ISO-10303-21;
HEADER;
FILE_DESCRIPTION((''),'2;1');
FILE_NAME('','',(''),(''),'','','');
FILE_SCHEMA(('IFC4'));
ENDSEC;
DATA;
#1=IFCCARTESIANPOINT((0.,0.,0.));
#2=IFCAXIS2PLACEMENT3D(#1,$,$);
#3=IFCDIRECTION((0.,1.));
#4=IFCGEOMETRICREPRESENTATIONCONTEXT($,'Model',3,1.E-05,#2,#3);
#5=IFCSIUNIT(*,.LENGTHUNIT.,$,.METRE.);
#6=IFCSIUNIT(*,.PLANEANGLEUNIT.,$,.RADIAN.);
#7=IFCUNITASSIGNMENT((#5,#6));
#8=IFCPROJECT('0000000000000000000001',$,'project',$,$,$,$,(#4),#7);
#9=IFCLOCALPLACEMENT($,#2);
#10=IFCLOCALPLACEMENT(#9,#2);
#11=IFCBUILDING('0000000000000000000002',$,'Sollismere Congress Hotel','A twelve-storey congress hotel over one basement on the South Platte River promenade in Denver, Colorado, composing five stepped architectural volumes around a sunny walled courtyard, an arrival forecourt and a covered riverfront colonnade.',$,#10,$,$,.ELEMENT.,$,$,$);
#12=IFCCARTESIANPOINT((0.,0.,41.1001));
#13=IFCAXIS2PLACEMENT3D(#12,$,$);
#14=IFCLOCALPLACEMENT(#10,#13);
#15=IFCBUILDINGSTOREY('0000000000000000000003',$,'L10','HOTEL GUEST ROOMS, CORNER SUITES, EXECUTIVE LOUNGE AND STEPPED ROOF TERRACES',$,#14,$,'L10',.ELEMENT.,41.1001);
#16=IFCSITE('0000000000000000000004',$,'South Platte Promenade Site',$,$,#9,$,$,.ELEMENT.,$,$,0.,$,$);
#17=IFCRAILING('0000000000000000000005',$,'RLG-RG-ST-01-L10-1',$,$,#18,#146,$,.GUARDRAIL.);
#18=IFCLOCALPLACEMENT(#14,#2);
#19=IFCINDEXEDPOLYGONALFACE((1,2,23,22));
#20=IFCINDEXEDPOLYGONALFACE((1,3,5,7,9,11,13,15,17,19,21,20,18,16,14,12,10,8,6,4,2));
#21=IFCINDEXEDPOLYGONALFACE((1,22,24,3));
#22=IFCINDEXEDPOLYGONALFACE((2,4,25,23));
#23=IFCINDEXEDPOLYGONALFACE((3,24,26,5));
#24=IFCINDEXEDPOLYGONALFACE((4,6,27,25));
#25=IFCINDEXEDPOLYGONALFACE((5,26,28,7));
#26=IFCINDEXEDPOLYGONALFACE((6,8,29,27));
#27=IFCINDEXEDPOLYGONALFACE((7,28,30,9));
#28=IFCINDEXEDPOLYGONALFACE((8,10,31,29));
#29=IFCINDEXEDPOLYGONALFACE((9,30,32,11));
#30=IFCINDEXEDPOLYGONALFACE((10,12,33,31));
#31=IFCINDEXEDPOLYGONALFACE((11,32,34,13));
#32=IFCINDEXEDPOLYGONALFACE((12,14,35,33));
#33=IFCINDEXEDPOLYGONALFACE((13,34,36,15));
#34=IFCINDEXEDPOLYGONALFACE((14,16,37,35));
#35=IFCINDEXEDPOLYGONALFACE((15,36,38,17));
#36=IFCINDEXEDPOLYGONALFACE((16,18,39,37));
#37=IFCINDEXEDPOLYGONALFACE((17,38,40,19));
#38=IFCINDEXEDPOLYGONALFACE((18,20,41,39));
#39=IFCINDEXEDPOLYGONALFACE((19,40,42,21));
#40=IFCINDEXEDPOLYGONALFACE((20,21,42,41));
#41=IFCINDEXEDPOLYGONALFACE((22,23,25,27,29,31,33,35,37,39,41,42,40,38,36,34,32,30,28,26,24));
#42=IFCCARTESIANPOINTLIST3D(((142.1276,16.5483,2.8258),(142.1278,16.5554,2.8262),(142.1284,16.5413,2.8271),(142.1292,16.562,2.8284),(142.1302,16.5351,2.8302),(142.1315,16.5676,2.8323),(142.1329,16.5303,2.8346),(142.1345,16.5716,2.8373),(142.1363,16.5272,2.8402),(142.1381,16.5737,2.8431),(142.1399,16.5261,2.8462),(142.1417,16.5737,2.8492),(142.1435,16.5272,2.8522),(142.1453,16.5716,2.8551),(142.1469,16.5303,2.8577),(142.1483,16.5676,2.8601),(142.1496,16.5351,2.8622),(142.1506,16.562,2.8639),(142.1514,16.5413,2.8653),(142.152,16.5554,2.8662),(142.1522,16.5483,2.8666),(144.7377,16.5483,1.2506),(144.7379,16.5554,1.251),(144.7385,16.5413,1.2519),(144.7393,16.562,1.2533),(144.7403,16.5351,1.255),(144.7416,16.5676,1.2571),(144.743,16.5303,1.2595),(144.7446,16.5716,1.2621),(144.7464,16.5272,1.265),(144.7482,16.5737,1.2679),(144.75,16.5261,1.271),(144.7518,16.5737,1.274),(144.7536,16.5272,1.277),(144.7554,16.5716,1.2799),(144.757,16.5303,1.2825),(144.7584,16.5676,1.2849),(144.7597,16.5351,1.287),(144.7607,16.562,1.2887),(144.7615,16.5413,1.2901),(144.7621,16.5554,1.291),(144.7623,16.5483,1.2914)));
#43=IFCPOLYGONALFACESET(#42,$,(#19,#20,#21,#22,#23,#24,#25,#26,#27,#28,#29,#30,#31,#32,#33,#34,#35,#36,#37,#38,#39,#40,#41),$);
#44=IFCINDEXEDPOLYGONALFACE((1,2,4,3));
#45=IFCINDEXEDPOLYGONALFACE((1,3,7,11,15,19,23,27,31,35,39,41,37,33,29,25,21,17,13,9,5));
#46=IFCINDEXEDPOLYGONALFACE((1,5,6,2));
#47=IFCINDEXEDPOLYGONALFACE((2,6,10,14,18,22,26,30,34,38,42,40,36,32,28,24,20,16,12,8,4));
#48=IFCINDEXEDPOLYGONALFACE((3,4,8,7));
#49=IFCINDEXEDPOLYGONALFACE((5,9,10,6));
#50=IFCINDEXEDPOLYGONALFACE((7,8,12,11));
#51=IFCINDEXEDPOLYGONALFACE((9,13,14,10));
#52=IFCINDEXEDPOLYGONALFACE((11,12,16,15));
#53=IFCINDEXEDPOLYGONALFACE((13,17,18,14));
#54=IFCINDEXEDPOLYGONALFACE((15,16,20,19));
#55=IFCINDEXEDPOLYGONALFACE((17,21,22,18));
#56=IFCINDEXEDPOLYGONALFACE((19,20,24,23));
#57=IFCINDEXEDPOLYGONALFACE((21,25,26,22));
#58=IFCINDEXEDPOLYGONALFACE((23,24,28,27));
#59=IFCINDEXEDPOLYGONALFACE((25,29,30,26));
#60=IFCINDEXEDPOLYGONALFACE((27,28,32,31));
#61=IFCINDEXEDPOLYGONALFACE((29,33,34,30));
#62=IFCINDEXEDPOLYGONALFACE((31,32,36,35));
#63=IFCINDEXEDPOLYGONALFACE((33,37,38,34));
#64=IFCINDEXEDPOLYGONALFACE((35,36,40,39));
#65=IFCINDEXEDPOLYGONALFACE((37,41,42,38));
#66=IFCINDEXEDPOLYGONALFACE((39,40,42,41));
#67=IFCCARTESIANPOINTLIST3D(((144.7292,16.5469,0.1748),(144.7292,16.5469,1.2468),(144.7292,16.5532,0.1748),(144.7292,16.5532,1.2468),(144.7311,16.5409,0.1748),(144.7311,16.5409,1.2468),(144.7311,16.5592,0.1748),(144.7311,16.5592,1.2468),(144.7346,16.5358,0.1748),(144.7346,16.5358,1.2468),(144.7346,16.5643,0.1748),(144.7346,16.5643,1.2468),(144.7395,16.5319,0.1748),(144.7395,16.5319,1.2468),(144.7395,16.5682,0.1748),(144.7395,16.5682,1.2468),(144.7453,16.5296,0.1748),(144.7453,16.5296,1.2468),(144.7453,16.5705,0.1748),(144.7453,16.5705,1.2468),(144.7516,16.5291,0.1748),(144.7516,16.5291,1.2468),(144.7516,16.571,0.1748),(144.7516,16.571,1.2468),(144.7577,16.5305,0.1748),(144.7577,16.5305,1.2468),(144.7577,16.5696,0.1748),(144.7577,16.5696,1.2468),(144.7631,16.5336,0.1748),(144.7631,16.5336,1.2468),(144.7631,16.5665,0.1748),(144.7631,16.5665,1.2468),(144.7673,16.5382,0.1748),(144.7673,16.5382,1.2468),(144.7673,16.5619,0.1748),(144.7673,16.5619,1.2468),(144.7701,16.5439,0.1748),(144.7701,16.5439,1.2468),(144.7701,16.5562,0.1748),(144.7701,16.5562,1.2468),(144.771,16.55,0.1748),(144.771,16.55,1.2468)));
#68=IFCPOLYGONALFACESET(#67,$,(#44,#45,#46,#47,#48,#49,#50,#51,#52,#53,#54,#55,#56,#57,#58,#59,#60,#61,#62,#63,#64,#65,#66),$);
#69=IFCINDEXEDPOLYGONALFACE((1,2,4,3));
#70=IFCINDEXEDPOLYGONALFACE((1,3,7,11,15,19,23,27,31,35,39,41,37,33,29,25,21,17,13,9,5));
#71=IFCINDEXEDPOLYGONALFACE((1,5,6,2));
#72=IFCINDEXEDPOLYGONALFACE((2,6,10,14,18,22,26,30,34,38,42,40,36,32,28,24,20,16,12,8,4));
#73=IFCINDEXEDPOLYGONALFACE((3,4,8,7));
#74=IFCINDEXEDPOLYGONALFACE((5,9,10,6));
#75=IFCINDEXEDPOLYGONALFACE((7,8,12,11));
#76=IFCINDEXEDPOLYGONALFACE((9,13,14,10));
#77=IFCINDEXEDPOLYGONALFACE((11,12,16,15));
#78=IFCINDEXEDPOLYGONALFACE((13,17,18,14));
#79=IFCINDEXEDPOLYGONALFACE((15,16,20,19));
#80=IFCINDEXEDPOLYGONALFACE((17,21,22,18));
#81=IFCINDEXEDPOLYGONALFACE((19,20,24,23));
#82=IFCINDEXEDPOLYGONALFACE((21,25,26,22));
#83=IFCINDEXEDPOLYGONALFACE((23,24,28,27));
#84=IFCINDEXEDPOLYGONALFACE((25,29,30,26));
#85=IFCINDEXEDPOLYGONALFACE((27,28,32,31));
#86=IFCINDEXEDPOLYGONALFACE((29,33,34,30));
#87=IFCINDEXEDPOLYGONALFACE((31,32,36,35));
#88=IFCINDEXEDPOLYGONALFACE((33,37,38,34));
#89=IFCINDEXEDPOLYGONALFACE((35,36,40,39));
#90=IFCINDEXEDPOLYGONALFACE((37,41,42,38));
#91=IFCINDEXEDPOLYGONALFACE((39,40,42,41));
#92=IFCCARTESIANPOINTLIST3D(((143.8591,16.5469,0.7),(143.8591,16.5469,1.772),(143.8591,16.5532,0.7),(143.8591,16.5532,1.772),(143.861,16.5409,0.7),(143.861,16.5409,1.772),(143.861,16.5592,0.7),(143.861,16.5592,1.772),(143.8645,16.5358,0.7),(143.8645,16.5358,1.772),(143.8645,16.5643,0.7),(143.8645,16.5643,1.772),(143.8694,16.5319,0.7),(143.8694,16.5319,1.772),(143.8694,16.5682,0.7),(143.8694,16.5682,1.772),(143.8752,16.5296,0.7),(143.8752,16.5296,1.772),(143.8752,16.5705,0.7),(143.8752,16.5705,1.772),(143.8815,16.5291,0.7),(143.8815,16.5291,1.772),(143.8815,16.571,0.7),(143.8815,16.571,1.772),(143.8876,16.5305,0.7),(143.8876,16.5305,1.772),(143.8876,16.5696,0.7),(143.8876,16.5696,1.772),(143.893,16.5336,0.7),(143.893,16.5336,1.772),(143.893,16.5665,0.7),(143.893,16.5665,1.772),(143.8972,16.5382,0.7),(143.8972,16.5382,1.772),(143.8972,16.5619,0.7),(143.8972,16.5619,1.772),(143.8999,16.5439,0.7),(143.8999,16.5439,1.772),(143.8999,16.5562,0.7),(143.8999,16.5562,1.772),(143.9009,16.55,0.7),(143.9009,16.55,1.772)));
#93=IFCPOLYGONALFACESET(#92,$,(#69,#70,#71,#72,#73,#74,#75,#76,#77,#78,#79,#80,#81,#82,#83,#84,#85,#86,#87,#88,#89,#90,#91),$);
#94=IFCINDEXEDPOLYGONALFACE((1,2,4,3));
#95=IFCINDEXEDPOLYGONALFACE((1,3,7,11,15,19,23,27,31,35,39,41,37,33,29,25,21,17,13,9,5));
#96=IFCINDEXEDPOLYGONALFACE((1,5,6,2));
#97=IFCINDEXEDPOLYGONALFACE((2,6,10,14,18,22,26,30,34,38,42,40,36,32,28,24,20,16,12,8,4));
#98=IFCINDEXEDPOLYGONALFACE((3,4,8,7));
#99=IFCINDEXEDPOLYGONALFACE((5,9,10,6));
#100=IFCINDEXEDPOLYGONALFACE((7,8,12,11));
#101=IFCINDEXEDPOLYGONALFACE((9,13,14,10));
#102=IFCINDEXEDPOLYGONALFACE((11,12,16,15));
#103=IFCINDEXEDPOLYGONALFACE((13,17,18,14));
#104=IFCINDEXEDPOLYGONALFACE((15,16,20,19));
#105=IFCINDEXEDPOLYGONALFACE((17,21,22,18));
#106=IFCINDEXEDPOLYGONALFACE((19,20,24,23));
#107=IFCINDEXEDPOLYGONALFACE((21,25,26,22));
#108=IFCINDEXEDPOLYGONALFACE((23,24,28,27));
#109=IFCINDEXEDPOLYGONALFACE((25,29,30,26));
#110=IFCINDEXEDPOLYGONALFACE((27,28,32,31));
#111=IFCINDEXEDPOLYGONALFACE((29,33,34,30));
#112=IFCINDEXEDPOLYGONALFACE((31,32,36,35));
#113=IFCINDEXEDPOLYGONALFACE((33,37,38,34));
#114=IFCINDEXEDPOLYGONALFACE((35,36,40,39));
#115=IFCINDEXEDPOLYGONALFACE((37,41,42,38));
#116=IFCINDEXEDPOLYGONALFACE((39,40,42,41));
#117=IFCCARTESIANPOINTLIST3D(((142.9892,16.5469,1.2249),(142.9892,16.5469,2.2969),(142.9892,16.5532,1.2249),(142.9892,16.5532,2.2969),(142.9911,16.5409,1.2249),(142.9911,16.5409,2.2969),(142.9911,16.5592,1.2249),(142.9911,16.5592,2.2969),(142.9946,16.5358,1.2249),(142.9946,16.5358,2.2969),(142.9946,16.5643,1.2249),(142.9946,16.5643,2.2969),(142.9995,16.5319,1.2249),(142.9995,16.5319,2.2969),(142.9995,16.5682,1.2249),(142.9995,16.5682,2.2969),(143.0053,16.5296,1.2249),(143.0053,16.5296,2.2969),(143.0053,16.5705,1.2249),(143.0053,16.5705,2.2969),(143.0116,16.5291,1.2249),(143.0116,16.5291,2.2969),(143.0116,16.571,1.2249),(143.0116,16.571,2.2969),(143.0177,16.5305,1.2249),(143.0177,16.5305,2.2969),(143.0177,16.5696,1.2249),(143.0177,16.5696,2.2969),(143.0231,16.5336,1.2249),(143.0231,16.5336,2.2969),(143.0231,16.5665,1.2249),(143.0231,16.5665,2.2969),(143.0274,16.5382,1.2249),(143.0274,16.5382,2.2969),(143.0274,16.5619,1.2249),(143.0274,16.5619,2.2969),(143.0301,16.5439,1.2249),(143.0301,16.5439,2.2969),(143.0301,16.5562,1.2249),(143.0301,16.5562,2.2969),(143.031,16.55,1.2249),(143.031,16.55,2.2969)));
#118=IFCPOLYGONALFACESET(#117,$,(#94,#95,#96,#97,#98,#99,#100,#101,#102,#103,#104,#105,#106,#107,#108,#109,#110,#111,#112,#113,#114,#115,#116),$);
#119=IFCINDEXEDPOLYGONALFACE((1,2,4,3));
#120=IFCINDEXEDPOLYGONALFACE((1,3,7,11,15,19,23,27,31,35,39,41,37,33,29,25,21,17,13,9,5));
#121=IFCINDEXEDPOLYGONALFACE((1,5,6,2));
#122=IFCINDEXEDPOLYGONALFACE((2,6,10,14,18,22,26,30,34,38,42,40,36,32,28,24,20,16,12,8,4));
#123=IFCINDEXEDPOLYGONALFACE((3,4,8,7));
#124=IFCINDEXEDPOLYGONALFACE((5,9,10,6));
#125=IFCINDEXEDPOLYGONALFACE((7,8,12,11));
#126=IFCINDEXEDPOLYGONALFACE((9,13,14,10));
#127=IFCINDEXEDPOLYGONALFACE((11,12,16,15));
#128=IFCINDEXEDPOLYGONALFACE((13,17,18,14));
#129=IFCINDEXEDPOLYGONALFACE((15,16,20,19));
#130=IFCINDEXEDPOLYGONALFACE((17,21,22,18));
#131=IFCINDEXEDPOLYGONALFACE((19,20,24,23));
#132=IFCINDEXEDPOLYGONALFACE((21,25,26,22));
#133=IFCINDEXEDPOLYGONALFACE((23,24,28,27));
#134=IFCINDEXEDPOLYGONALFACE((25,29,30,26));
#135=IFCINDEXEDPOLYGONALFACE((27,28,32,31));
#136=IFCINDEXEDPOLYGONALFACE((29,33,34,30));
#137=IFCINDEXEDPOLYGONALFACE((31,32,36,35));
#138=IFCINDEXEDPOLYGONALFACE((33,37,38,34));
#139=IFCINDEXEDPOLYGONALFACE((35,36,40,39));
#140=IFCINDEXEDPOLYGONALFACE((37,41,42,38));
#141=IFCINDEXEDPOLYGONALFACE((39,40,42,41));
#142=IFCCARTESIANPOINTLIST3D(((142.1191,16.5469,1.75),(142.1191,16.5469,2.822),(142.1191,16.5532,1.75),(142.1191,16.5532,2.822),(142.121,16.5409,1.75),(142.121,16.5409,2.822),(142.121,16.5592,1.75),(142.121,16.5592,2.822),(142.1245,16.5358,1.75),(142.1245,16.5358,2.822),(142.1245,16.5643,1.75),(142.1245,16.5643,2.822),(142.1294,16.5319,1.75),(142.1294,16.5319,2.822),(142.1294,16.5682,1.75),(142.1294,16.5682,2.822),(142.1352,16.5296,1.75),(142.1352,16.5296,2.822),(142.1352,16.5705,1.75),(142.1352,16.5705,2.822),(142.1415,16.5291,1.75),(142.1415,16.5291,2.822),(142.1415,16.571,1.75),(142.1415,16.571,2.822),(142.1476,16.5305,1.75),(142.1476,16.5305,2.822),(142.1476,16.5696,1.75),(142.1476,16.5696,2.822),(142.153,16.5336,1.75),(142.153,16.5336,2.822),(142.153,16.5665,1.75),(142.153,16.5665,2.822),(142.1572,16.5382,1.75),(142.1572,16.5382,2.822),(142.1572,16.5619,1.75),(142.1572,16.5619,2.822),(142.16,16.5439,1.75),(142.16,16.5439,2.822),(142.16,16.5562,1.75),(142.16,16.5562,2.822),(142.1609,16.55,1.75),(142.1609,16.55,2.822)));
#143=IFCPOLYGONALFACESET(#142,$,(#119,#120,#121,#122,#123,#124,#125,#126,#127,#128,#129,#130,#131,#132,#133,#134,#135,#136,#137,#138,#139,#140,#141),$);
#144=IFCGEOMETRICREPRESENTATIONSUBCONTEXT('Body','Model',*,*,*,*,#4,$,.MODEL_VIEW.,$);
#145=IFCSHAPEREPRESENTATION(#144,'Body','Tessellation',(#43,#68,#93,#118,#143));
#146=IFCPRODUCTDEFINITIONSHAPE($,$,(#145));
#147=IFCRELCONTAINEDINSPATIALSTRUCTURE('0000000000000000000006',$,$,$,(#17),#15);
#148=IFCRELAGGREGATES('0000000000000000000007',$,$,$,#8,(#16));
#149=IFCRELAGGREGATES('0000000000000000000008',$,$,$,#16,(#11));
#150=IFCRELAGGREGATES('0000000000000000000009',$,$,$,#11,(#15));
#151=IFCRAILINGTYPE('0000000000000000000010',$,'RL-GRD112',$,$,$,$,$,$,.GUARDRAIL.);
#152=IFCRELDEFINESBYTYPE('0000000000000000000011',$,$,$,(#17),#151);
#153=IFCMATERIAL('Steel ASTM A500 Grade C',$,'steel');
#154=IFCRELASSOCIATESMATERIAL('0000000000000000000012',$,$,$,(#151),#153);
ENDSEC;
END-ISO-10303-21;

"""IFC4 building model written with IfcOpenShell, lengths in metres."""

from ifc_helpers import new_model, si_unit, direction, frame, origin, origin_2d, place, context, subcontext, project, spatial, circle, extrude, material, type_object, element, save


model = new_model("IFC4")

# Units and contexts
model_context = context("Model", 3, precision=1e-05, world=origin(), true_north=direction((0.0, 1.0)))
body_context = subcontext(model_context, "Body", "Model", "MODEL_VIEW")
ifc_project = project(units=[si_unit("LENGTHUNIT", "METRE"), si_unit("PLANEANGLEUNIT", "RADIAN")], contexts=[model_context])

# Site, building, storey
site_placement = place(None, origin())
site = spatial("IfcSite", under=ifc_project, at=site_placement, Name="South Platte Promenade Site", CompositionType="ELEMENT", RefElevation=0.0)
building_placement = place(site_placement, origin())
building = spatial("IfcBuilding", under=site, at=building_placement, Name="Sollismere Congress Hotel", Description="A twelve-storey congress hotel over one basement on the South Platte River promenade in Denver, Colorado, composing five stepped architectural volumes around a sunny walled courtyard, an arrival forecourt and a covered riverfront colonnade.", CompositionType="ELEMENT")
storey_placement = place(building_placement, frame((0.0, 0.0, 41.1001)))
storey = spatial("IfcBuildingStorey", under=building, at=storey_placement, Name="L10", Description="HOTEL GUEST ROOMS, CORNER SUITES, EXECUTIVE LOUNGE AND STEPPED ROOF TERRACES", LongName="L10", CompositionType="ELEMENT", Elevation=41.1001)

# Railing
ifc_material_1 = material(Name="Steel ASTM A500 Grade C", Category="steel")
railing_type_1 = type_object("IfcRailingType", Name="RL-GRD112", PredefinedType="GUARDRAIL", material=ifc_material_1)
railing_1_placement = place(storey_placement, frame((144.75, 16.55, 0.1748)))
element("IfcRailing", 1, at=railing_1_placement, inside=storey, type_object=railing_type_1, Name="RLG-RG-ST-01-L10-1", PredefinedType="GUARDRAIL", context=body_context, shape_type="SweptSolid", body=[
    extrude(circle(Radius=0.0239, at=origin_2d()), frame((0.0, 0.0, 1.0962), z_axis=(-0.856169, 0.0, 0.516696), x_axis=(0.0, -1.0, 0.0)), (0.0, 0.0, 1.0), 3.0486),
    extrude(circle(Radius=0.021, at=origin_2d()), origin(), (0.0, 0.0, 1.0), 1.072),
    extrude(circle(Radius=0.021, at=origin_2d()), frame((-0.8701, 0.0, 0.5251)), (0.0, 0.0, 1.0), 1.072),
    extrude(circle(Radius=0.021, at=origin_2d()), frame((-1.74, 0.0, 1.05)), (0.0, 0.0, 1.0), 1.072),
    extrude(circle(Radius=0.021, at=origin_2d()), frame((-2.6101, 0.0, 1.5752)), (0.0, 0.0, 1.0), 1.072),
])

save(model, "model.ifc")
